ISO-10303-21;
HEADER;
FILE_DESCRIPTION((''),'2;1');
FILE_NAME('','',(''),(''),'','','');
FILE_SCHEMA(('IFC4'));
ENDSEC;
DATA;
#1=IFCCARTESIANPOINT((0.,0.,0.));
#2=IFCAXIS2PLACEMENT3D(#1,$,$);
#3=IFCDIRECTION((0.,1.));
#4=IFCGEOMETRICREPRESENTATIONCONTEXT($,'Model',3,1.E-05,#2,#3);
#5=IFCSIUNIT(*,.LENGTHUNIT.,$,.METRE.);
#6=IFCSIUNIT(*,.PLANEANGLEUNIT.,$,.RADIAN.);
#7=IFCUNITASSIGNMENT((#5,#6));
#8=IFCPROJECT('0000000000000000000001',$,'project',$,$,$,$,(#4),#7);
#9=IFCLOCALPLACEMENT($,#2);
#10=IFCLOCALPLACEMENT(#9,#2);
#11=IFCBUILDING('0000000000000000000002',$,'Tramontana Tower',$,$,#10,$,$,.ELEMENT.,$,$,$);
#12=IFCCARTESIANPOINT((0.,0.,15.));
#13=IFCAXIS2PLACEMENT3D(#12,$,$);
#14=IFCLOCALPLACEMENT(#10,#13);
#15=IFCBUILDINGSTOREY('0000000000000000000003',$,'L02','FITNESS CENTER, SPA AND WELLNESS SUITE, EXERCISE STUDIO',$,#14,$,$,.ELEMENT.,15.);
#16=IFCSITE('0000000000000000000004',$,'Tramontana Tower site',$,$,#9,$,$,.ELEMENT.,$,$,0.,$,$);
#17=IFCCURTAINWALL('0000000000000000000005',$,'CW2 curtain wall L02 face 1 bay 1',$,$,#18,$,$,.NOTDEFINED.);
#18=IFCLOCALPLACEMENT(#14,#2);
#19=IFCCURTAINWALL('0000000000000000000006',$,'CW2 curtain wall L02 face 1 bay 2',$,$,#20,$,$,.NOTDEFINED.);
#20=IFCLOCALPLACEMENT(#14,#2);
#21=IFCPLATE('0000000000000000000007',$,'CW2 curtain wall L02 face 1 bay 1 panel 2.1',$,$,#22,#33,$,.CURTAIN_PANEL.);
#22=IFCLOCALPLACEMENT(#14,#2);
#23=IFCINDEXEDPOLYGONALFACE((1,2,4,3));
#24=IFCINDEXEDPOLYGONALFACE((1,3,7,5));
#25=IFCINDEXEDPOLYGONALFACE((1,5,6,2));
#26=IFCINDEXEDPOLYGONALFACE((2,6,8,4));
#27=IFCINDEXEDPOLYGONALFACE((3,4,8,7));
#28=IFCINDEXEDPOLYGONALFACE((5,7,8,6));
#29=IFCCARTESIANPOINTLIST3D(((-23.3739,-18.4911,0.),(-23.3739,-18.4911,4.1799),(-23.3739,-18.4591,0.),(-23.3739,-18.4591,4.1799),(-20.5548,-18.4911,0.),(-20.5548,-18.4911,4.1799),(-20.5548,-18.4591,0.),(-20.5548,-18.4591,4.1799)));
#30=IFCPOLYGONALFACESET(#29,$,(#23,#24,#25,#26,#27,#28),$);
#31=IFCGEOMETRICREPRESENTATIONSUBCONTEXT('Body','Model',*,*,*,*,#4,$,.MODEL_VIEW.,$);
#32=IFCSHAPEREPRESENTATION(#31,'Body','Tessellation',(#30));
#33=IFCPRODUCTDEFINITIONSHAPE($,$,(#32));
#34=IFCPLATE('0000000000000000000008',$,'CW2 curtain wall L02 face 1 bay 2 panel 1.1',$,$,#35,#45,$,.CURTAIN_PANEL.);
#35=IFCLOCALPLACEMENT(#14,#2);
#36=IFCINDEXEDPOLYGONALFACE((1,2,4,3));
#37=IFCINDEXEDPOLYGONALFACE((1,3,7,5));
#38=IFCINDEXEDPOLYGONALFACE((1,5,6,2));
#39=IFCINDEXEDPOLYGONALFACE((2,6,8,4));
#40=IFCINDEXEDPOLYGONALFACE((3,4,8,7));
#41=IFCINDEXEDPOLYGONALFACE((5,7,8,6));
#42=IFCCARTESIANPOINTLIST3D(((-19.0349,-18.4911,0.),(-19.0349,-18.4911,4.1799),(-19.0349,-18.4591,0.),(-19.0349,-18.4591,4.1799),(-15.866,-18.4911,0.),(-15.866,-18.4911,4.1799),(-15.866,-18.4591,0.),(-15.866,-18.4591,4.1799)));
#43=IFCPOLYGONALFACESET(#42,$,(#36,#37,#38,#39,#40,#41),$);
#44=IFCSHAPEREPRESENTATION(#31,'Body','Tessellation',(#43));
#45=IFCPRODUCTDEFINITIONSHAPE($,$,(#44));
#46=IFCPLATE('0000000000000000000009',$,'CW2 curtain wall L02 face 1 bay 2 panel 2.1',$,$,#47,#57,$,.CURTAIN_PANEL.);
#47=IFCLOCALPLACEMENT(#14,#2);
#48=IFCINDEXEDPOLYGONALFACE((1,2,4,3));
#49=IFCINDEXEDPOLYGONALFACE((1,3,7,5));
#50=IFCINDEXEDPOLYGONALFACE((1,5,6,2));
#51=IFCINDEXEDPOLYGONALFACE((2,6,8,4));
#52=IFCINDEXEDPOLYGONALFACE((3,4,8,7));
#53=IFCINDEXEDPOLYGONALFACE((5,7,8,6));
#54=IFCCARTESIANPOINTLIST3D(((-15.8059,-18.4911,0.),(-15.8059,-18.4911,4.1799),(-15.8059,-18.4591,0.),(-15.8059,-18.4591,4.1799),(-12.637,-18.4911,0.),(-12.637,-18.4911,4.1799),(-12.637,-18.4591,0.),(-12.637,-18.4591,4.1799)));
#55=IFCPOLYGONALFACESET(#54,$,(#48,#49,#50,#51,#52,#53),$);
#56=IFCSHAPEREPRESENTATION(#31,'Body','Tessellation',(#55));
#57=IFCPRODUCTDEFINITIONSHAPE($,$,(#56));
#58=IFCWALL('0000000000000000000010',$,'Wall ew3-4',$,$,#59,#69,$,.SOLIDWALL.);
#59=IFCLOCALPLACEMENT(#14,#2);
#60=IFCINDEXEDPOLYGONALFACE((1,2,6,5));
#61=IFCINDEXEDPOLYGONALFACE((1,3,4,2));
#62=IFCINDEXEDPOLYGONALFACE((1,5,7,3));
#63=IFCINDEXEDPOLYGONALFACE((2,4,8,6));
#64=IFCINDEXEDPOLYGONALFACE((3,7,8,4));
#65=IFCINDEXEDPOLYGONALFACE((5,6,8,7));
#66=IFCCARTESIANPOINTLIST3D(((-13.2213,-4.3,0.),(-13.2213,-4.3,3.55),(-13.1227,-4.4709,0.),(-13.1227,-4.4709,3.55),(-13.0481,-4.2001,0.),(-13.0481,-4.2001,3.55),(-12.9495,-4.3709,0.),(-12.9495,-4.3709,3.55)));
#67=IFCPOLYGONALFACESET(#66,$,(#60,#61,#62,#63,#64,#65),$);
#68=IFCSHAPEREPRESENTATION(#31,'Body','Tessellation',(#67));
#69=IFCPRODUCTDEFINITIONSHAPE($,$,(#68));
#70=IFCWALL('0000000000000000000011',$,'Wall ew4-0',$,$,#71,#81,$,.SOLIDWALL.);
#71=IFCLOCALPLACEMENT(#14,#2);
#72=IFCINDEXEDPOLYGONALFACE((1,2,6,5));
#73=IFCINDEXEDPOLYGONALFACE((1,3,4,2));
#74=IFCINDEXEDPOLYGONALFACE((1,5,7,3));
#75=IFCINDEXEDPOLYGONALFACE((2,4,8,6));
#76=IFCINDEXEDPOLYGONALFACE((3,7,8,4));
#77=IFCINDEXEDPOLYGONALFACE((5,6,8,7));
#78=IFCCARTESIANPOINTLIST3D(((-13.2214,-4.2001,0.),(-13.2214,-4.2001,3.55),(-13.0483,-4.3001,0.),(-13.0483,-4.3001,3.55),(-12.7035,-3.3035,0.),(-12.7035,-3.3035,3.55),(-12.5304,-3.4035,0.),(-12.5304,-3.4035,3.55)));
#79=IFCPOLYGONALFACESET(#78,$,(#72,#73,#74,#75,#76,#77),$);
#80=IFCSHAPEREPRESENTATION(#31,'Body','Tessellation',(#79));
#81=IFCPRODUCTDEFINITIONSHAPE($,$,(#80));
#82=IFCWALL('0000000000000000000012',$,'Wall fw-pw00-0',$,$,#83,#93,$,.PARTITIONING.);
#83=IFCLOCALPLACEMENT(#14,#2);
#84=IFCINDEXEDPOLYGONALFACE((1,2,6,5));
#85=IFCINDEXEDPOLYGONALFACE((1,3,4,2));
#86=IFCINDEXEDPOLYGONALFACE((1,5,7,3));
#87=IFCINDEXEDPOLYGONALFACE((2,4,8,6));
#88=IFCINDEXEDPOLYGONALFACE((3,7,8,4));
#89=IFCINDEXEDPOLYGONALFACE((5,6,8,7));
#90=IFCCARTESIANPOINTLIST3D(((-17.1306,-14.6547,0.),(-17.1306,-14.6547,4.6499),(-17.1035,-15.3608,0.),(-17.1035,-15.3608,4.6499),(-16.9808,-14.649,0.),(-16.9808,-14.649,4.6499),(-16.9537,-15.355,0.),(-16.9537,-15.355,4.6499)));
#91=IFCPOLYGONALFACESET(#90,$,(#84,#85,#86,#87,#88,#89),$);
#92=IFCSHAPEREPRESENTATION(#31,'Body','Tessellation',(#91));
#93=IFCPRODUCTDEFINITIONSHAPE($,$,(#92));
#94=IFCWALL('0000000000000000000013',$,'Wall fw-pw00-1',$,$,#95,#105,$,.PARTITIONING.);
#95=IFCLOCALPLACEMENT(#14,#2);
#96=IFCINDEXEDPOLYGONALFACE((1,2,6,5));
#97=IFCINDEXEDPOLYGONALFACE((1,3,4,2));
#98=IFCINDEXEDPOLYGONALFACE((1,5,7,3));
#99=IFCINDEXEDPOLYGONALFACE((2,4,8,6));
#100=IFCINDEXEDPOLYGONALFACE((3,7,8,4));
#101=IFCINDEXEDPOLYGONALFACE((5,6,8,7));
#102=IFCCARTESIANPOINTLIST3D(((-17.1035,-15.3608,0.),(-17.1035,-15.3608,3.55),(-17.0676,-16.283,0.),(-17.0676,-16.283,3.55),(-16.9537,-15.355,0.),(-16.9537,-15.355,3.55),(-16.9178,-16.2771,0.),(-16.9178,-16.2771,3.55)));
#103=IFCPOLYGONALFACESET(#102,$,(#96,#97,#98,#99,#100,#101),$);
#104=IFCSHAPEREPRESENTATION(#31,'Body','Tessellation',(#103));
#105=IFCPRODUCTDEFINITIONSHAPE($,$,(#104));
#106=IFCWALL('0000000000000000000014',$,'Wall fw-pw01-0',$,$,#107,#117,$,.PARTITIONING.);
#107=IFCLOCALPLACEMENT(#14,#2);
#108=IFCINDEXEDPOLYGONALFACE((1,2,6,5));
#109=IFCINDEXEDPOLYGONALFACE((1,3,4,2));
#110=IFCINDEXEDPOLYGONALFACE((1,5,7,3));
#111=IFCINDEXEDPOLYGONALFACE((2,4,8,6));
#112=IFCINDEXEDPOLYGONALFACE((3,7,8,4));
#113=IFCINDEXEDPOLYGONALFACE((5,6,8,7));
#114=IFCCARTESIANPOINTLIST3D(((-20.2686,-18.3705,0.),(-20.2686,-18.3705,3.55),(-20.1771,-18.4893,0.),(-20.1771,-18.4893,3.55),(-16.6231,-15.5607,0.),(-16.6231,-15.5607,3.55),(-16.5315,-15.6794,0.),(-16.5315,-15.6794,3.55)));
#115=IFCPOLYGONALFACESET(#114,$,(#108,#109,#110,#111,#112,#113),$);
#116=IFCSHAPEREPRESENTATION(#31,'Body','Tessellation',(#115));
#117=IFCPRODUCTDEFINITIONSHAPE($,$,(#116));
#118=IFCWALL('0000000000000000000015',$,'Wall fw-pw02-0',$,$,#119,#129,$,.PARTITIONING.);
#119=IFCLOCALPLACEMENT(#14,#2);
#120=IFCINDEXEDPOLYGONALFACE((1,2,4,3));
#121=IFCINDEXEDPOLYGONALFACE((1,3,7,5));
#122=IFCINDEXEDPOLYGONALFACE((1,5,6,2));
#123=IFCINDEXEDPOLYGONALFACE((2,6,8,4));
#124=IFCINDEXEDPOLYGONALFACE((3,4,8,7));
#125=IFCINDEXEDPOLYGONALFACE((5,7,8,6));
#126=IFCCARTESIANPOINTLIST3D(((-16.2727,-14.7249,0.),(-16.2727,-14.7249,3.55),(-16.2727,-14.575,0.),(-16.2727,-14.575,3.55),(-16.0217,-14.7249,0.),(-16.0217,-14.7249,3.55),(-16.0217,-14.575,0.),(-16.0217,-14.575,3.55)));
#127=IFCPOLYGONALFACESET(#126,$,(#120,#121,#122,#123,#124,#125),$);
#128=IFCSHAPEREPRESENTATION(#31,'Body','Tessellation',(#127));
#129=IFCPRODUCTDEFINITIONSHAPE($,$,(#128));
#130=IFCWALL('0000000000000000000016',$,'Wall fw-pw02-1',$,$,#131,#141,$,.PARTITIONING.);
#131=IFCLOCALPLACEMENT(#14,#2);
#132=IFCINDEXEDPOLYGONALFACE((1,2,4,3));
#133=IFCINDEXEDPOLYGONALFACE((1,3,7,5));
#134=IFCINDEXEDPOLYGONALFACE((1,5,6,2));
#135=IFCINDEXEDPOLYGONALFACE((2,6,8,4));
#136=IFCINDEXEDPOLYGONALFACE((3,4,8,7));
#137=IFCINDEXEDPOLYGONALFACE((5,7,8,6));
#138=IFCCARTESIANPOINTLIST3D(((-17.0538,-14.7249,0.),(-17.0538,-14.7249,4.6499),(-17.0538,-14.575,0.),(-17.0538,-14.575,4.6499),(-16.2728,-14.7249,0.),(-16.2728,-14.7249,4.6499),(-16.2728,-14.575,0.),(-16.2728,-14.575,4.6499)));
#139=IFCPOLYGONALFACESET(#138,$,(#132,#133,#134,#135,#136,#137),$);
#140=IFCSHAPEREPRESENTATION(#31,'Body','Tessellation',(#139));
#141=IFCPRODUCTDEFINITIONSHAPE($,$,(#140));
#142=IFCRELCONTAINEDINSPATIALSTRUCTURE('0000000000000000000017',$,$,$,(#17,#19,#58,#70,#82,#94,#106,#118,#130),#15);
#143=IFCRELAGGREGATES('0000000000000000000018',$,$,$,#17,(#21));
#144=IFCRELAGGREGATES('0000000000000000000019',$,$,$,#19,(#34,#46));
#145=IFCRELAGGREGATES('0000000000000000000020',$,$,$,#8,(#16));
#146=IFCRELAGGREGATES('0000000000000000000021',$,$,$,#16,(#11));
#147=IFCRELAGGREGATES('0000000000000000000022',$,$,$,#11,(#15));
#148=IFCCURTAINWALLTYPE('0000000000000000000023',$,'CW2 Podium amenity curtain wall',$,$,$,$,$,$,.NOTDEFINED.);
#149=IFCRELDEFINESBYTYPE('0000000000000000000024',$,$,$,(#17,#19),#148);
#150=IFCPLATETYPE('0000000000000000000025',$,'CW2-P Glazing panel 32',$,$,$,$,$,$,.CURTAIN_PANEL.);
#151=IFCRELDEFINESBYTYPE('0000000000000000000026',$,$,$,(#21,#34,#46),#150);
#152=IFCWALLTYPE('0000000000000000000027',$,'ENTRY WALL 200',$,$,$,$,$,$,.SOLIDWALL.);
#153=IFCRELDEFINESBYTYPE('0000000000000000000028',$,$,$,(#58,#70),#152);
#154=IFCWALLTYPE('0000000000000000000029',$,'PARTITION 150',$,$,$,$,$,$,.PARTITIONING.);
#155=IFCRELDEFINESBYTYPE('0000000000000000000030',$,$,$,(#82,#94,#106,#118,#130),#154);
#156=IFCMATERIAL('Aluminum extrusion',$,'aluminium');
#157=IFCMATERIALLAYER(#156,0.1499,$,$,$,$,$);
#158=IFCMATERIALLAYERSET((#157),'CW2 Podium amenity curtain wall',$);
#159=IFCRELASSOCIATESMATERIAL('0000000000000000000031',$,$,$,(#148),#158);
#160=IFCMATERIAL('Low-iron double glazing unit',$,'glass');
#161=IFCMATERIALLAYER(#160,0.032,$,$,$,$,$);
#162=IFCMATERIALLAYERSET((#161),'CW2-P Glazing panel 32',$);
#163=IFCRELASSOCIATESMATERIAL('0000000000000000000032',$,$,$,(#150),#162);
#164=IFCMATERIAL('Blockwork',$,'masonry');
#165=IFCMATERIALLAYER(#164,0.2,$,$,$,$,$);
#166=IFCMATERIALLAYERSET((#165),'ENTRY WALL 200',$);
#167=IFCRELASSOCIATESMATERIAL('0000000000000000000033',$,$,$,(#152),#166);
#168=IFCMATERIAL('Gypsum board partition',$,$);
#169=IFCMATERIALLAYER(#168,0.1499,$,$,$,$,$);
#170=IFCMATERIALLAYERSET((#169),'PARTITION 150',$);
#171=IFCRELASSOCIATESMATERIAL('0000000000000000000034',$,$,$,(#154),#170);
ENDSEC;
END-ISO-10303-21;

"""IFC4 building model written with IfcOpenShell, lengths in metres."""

from ifc_helpers import new_model, si_unit, direction, frame, frame_2d, origin, origin_2d, place, context, subcontext, project, spatial, rectangle, extrude, material, layer, layer_set, type_object, element, aggregate, save


model = new_model("IFC4")

# Units and contexts
model_context = context("Model", 3, precision=1e-05, world=origin(), true_north=direction((0.0, 1.0)))
body_context = subcontext(model_context, "Body", "Model", "MODEL_VIEW")
ifc_project = project(units=[si_unit("LENGTHUNIT", "METRE"), si_unit("PLANEANGLEUNIT", "RADIAN")], contexts=[model_context])

# Site, building, storey
site_placement = place(None, origin())
site = spatial("IfcSite", under=ifc_project, at=site_placement, Name="Tramontana Tower site", CompositionType="ELEMENT", RefElevation=0.0)
building_placement = place(site_placement, origin())
building = spatial("IfcBuilding", under=site, at=building_placement, Name="Tramontana Tower", CompositionType="ELEMENT")
storey_placement = place(building_placement, frame((0.0, 0.0, 15.0)))
storey = spatial("IfcBuildingStorey", under=building, at=storey_placement, Name="L02", Description="FITNESS CENTER, SPA AND WELLNESS SUITE, EXERCISE STUDIO", CompositionType="ELEMENT", Elevation=15.0)

# Shared definitions
ifc_material_1 = material(Name="Aluminum extrusion", Category="aluminium")
ifc_layer_1 = layer(ifc_material_1, 0.1499)
ifc_layer_set_1 = layer_set([ifc_layer_1], Name="CW2 Podium amenity curtain wall")
curtain_wall_type = type_object("IfcCurtainWallType", Name="CW2 Podium amenity curtain wall", PredefinedType="NOTDEFINED", material=ifc_layer_set_1)

# Curtain walls
curtain_wall_1_placement = place(storey_placement, origin())
curtain_wall_1 = element("IfcCurtainWall", 1, at=curtain_wall_1_placement, inside=storey, type_object=curtain_wall_type, Name="CW2 curtain wall L02 face 1 bay 1", PredefinedType="NOTDEFINED")
curtain_wall_2_placement = place(storey_placement, origin())
curtain_wall_2 = element("IfcCurtainWall", 2, at=curtain_wall_2_placement, inside=storey, type_object=curtain_wall_type, Name="CW2 curtain wall L02 face 1 bay 2", PredefinedType="NOTDEFINED")

# Plates
ifc_material_2 = material(Name="Low-iron double glazing unit", Category="glass")
ifc_layer_2 = layer(ifc_material_2, 0.032)
ifc_layer_set_2 = layer_set([ifc_layer_2], Name="CW2-P Glazing panel 32")
plate_type = type_object("IfcPlateType", Name="CW2-P Glazing panel 32", PredefinedType="CURTAIN_PANEL", material=ifc_layer_set_2)
plate_1_placement = place(storey_placement, frame((-21.9644, -18.4751, 0.0), z_axis=(0.0, 0.0, 1.0), x_axis=(1.0, 0.0, 0.0)))
plate_1 = element("IfcPlate", 3, at=plate_1_placement, type_object=plate_type, Name="CW2 curtain wall L02 face 1 bay 1 panel 2.1", PredefinedType="CURTAIN_PANEL", context=body_context, shape_type="SweptSolid", body=[
    extrude(rectangle(XDim=2.8191, YDim=0.032, at=origin_2d()), origin(), (0.0, 0.0, 1.0), 4.1799),
])
aggregate(curtain_wall_1, [plate_1])
plate_2_placement = place(storey_placement, frame((-17.4504, -18.4751, 0.0), z_axis=(0.0, 0.0, 1.0), x_axis=(1.0, 0.0, 0.0)))
plate_2 = element("IfcPlate", 4, at=plate_2_placement, type_object=plate_type, Name="CW2 curtain wall L02 face 1 bay 2 panel 1.1", PredefinedType="CURTAIN_PANEL", context=body_context, shape_type="SweptSolid", body=[
    extrude(rectangle(XDim=3.1689, YDim=0.032, at=origin_2d()), origin(), (0.0, 0.0, 1.0), 4.1799),
])
plate_3_placement = place(storey_placement, frame((-14.2214, -18.4751, 0.0), z_axis=(0.0, 0.0, 1.0), x_axis=(1.0, 0.0, 0.0)))
plate_3 = element("IfcPlate", 5, at=plate_3_placement, type_object=plate_type, Name="CW2 curtain wall L02 face 1 bay 2 panel 2.1", PredefinedType="CURTAIN_PANEL", context=body_context, shape_type="SweptSolid", body=[
    extrude(rectangle(XDim=3.1689, YDim=0.032, at=origin_2d()), origin(), (0.0, 0.0, 1.0), 4.1799),
])
aggregate(curtain_wall_2, [plate_2, plate_3])

# Walls
ifc_material_3 = material(Name="Blockwork", Category="masonry")
ifc_layer_3 = layer(ifc_material_3, 0.2)
ifc_layer_set_3 = layer_set([ifc_layer_3], Name="ENTRY WALL 200")
wall_type_1 = type_object("IfcWallType", Name="ENTRY WALL 200", PredefinedType="SOLIDWALL", material=ifc_layer_set_3)
wall_1_placement = place(storey_placement, frame((-13.0361, -4.4209, 0.0), z_axis=(0.0, 0.0, 1.0), x_axis=(-0.499865, 0.866103, 0.0)))
element("IfcWall", 6, at=wall_1_placement, inside=storey, type_object=wall_type_1, Name="Wall ew3-4", PredefinedType="SOLIDWALL", context=body_context, shape_type="SweptSolid", body=[
    extrude(rectangle(XDim=0.1973, YDim=0.2, at=frame_2d((0.0986, 0.0))), origin(), (0.0, 0.0, 1.0), 3.55),
])
wall_2_placement = place(storey_placement, frame((-13.1348, -4.25, 0.0), z_axis=(0.0, 0.0, 1.0), x_axis=(0.500172, 0.865926, 0.0)))
element("IfcWall", 7, at=wall_2_placement, inside=storey, type_object=wall_type_1, Name="Wall ew4-0", PredefinedType="SOLIDWALL", context=body_context, shape_type="SweptSolid", body=[
    extrude(rectangle(XDim=1.0354, YDim=0.2, at=frame_2d((0.5176, 0.0))), origin(), (0.0, 0.0, 1.0), 3.55),
])
ifc_material_4 = material(Name="Gypsum board partition")
ifc_layer_4 = layer(ifc_material_4, 0.1499)
ifc_layer_set_4 = layer_set([ifc_layer_4], Name="PARTITION 150")
wall_type_2 = type_object("IfcWallType", Name="PARTITION 150", PredefinedType="PARTITIONING", material=ifc_layer_set_4)
wall_3_placement = place(storey_placement, frame((-17.0557, -14.6519, 0.0), z_axis=(0.0, 0.0, 1.0), x_axis=(0.038354, -0.999264, 0.0)))
element("IfcWall", 8, at=wall_3_placement, inside=storey, type_object=wall_type_2, Name="Wall fw-pw00-0", PredefinedType="PARTITIONING", context=body_context, shape_type="SweptSolid", body=[
    extrude(rectangle(XDim=0.7065, YDim=0.1499, at=frame_2d((0.3533, 0.0))), origin(), (0.0, 0.0, 1.0), 4.6499),
])
wall_4_placement = place(storey_placement, frame((-17.0286, -15.3579, 0.0), z_axis=(0.0, 0.0, 1.0), x_axis=(0.03889, -0.999243, 0.0)))
element("IfcWall", 9, at=wall_4_placement, inside=storey, type_object=wall_type_2, Name="Wall fw-pw00-1", PredefinedType="PARTITIONING", context=body_context, shape_type="SweptSolid", body=[
    extrude(rectangle(XDim=0.9229, YDim=0.1499, at=frame_2d((0.4614, 0.0))), origin(), (0.0, 0.0, 1.0), 3.55),
])
wall_5_placement = place(storey_placement, frame((-16.5774, -15.6201, 0.0), z_axis=(0.0, 0.0, 1.0), x_axis=(-0.792038, -0.610472, 0.0)))
element("IfcWall", 10, at=wall_5_placement, inside=storey, type_object=wall_type_2, Name="Wall fw-pw01-0", PredefinedType="PARTITIONING", context=body_context, shape_type="SweptSolid", body=[
    extrude(rectangle(XDim=4.6028, YDim=0.1499, at=frame_2d((2.3013, 0.0))), origin(), (0.0, 0.0, 1.0), 3.55),
])
wall_6_placement = place(storey_placement, frame((-16.0217, -14.6499, 0.0), z_axis=(0.0, 0.0, 1.0), x_axis=(-1.0, 0.0, 0.0)))
element("IfcWall", 11, at=wall_6_placement, inside=storey, type_object=wall_type_2, Name="Wall fw-pw02-0", PredefinedType="PARTITIONING", context=body_context, shape_type="SweptSolid", body=[
    extrude(rectangle(XDim=0.251, YDim=0.1499, at=frame_2d((0.1255, 0.0))), origin(), (0.0, 0.0, 1.0), 3.55),
])
wall_7_placement = place(storey_placement, frame((-16.2727, -14.6499, 0.0), z_axis=(0.0, 0.0, 1.0), x_axis=(-1.0, 0.0, 0.0)))
element("IfcWall", 12, at=wall_7_placement, inside=storey, type_object=wall_type_2, Name="Wall fw-pw02-1", PredefinedType="PARTITIONING", context=body_context, shape_type="SweptSolid", body=[
    extrude(rectangle(XDim=0.781, YDim=0.1499, at=frame_2d((0.3906, 0.0))), origin(), (0.0, 0.0, 1.0), 4.6499),
])

save(model, "model.ifc")
